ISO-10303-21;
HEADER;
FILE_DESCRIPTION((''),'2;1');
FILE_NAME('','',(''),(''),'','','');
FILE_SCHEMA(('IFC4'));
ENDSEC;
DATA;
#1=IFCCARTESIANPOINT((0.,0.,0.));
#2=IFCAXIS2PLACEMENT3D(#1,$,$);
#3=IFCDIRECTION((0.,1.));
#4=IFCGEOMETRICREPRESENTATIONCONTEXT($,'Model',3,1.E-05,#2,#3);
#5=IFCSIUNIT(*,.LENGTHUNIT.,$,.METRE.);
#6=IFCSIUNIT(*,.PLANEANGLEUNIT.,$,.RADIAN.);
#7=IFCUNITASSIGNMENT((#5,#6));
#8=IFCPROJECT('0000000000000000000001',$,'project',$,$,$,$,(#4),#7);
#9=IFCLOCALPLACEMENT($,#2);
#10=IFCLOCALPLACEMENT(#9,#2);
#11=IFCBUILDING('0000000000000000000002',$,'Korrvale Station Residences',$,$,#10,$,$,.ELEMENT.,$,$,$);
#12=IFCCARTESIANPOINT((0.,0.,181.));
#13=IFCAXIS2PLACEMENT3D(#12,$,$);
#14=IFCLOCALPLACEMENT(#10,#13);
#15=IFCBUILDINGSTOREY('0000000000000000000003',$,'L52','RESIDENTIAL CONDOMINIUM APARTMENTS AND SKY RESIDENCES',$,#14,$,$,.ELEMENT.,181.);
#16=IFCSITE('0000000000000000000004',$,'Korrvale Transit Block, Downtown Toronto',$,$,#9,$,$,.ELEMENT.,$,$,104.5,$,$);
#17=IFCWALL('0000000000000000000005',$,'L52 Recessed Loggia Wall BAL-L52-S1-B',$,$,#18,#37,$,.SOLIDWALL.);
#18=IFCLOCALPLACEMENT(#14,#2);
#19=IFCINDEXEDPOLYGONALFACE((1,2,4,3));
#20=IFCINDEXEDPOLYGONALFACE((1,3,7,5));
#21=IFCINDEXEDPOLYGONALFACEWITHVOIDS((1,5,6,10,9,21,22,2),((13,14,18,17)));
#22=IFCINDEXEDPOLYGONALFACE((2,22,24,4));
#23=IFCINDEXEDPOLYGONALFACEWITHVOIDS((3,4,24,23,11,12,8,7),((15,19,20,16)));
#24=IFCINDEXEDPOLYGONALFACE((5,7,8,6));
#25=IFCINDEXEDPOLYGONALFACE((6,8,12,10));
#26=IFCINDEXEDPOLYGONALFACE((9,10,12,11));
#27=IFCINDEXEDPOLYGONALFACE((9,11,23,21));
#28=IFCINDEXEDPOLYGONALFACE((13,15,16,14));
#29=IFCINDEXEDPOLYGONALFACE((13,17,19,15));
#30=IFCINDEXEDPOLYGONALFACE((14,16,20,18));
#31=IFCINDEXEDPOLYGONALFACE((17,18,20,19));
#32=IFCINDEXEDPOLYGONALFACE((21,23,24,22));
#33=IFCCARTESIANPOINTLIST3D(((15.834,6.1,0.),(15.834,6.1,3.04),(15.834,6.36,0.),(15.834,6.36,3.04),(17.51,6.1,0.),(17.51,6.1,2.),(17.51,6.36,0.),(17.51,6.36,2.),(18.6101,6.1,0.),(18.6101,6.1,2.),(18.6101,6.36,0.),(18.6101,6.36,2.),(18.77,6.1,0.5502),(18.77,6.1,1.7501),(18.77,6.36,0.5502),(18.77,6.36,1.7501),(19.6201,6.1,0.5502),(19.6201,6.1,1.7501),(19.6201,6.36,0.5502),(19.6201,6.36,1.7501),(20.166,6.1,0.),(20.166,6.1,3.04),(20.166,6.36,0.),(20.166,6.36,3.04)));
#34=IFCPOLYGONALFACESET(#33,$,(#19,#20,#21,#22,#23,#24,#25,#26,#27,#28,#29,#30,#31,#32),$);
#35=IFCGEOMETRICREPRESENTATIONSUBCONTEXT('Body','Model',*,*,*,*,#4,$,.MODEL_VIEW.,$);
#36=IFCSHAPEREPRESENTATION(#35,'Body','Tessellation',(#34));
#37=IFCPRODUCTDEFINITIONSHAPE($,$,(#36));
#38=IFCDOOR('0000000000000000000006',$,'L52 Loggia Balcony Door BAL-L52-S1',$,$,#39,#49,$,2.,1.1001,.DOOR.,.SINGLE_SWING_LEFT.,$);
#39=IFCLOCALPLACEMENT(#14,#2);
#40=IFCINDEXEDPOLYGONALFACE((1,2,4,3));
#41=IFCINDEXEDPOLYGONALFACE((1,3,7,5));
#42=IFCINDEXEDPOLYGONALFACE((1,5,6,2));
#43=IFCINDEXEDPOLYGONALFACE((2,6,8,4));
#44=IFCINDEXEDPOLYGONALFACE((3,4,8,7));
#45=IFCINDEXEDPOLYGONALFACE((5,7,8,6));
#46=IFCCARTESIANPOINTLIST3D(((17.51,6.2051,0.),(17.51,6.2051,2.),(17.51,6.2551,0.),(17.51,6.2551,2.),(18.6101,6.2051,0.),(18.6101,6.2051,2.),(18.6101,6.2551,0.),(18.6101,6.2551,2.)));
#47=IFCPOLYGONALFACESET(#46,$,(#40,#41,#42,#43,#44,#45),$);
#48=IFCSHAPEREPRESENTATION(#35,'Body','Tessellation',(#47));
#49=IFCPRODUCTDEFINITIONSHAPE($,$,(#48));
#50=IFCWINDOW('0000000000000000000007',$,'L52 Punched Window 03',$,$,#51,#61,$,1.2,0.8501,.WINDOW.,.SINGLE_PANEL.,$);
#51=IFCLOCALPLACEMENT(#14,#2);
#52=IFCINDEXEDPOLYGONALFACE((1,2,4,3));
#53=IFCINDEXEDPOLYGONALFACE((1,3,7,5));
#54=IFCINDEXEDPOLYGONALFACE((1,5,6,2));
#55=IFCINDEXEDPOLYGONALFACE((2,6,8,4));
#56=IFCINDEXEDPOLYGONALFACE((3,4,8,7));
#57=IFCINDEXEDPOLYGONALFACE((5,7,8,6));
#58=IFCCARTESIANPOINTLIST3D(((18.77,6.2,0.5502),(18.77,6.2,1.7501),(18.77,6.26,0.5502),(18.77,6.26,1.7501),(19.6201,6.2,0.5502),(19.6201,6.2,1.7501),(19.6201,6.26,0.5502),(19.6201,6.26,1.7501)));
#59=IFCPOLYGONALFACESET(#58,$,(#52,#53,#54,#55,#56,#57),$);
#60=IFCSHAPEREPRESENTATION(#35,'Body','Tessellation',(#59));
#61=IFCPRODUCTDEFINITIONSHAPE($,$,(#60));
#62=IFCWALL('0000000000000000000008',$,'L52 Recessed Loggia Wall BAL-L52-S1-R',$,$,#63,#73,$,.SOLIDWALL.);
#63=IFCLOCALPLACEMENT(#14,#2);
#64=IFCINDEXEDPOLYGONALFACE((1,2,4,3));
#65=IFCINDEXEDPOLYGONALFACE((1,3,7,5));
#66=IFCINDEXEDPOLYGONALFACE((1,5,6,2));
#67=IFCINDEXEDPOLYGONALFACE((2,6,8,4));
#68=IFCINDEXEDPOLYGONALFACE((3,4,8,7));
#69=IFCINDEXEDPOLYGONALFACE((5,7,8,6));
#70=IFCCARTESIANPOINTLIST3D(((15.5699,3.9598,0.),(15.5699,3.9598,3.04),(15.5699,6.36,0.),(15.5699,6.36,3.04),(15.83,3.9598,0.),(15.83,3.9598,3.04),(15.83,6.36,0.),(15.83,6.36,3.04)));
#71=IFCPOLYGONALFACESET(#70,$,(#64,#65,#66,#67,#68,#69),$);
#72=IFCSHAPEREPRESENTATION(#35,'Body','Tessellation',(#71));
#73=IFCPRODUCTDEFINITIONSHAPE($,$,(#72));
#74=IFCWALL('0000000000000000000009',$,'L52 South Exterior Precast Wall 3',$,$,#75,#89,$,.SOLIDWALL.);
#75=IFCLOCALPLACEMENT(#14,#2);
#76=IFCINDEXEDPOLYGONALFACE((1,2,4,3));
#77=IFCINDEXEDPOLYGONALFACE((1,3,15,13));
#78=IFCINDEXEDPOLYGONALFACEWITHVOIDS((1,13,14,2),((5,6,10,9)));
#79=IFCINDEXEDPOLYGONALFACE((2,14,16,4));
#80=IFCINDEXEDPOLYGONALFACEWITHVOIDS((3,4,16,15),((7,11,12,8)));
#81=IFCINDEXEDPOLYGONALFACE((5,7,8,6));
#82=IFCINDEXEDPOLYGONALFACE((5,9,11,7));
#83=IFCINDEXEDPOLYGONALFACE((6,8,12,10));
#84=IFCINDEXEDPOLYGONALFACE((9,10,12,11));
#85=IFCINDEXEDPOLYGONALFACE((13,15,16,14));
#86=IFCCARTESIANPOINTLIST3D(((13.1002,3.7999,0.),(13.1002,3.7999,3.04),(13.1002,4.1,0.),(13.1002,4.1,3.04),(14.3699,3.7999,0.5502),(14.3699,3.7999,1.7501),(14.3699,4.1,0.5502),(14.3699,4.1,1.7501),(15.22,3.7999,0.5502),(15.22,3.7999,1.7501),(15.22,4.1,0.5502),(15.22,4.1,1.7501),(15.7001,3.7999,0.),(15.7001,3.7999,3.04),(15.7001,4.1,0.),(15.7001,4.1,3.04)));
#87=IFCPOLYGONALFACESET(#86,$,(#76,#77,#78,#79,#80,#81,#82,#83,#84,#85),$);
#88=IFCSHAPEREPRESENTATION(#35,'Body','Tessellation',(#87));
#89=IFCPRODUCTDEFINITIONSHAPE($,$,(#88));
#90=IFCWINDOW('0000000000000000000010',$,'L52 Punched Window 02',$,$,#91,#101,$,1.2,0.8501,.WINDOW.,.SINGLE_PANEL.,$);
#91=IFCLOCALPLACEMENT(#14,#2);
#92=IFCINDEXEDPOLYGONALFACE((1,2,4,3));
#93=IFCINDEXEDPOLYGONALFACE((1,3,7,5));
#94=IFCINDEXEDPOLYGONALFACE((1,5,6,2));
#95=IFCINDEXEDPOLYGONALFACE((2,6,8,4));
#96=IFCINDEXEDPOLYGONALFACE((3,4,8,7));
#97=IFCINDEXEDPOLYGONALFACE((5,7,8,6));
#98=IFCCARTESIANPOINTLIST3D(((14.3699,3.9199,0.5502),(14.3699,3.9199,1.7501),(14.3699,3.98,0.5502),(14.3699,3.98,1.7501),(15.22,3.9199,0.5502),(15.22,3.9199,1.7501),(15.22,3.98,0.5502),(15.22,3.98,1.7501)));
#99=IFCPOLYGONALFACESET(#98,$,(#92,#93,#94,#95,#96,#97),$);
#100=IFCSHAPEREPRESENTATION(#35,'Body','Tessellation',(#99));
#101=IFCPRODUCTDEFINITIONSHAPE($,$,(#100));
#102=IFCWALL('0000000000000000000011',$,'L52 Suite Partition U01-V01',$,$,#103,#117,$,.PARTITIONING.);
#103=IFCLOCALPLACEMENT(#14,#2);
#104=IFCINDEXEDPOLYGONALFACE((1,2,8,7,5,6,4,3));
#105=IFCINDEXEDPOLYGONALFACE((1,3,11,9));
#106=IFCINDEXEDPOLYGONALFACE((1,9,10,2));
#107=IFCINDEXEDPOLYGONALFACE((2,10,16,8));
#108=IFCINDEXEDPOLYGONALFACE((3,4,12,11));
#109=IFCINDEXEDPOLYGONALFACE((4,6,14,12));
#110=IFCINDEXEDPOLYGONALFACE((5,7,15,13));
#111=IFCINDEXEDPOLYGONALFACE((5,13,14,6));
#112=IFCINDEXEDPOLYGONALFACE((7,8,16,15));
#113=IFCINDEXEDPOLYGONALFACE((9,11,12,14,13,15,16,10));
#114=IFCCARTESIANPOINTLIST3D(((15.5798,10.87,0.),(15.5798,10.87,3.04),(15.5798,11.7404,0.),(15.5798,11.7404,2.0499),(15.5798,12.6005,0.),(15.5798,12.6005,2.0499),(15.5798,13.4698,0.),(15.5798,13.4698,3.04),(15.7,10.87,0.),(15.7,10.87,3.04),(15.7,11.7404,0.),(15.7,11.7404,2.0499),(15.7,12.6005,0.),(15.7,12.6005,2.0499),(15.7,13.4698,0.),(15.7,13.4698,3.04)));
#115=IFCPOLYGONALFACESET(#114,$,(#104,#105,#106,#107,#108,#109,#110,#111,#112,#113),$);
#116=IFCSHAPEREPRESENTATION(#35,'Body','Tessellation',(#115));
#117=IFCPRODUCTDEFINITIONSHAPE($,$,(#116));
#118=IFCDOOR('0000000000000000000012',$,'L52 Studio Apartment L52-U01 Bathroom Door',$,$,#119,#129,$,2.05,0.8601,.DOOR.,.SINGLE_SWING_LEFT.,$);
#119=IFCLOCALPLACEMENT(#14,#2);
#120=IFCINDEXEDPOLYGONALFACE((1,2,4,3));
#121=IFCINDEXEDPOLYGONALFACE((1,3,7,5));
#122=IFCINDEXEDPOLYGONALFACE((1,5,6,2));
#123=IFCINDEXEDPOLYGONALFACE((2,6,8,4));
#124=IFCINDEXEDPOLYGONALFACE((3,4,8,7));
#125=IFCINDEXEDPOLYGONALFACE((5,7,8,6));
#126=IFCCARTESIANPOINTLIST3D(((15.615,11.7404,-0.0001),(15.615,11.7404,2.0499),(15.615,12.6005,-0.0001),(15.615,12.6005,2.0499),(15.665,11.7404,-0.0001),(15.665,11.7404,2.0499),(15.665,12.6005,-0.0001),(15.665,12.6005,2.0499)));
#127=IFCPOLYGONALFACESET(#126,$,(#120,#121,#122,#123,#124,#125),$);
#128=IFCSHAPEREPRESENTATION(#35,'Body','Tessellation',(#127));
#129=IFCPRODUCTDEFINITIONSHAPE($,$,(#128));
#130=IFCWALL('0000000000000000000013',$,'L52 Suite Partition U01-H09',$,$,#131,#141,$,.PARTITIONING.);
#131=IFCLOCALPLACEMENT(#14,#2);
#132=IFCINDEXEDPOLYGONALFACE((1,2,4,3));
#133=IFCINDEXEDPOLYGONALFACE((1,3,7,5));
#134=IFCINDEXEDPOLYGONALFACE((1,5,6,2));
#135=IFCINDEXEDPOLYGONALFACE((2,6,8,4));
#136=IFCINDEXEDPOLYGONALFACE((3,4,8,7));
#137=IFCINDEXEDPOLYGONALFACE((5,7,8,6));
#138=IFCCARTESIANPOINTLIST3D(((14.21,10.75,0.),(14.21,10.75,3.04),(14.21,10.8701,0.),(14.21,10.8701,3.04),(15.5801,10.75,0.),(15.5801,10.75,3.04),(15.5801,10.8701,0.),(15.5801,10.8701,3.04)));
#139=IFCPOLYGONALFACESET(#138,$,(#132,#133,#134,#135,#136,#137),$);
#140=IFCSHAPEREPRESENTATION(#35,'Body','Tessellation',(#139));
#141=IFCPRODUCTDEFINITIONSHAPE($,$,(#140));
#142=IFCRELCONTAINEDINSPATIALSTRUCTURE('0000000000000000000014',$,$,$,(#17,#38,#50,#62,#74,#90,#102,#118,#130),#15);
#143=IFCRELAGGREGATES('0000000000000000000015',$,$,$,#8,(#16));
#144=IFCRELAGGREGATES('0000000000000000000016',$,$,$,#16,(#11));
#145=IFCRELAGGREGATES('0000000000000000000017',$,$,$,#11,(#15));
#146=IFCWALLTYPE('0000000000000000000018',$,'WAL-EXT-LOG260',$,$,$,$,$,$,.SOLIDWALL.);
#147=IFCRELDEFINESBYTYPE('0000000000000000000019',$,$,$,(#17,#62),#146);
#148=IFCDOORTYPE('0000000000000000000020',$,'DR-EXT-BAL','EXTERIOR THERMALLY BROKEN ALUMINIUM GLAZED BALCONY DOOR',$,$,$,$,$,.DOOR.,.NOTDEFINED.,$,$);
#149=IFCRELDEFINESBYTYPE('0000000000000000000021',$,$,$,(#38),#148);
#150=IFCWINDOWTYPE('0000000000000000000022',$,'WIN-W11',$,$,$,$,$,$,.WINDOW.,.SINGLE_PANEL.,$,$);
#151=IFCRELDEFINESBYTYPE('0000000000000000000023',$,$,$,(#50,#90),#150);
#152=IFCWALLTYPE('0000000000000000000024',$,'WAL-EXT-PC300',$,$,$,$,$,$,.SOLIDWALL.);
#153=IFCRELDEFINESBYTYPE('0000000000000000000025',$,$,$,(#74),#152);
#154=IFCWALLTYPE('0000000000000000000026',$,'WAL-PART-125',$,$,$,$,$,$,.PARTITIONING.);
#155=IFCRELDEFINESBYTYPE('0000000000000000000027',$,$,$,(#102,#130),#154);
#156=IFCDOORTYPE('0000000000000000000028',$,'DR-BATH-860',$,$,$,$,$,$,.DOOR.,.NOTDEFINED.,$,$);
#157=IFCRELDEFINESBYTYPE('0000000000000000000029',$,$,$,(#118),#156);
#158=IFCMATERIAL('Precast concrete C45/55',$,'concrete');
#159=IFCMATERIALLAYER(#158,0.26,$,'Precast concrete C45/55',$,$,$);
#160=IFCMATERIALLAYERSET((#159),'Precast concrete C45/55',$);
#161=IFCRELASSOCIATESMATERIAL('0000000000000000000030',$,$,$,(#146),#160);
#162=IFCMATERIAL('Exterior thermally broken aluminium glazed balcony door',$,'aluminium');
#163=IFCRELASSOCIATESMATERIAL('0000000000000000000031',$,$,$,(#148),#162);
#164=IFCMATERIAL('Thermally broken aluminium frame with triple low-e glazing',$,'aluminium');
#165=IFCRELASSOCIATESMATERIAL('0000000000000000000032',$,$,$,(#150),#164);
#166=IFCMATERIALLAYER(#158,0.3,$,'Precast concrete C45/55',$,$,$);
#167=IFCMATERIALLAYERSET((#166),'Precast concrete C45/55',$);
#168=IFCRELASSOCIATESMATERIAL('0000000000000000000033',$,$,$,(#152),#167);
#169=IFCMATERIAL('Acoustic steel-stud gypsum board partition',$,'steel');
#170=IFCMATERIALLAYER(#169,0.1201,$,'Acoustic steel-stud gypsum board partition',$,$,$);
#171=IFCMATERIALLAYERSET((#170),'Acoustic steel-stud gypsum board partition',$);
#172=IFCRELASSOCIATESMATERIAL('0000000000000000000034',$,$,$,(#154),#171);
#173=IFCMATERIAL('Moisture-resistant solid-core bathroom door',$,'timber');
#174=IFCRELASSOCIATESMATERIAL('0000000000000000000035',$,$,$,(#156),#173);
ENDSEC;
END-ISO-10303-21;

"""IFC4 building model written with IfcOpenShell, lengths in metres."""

from ifc_helpers import new_model, si_unit, direction, frame, frame_2d, origin, place, context, subcontext, project, spatial, rectangle, extrude, material, layer, layer_set, type_object, element, fill, save


model = new_model("IFC4")

# Units and contexts
model_context = context("Model", 3, precision=1e-05, world=origin(), true_north=direction((0.0, 1.0)))
body_context = subcontext(model_context, "Body", "Model", "MODEL_VIEW")
ifc_project = project(units=[si_unit("LENGTHUNIT", "METRE"), si_unit("PLANEANGLEUNIT", "RADIAN")], contexts=[model_context])

# Site, building, storey
site_placement = place(None, origin())
site = spatial("IfcSite", under=ifc_project, at=site_placement, Name="Korrvale Transit Block, Downtown Toronto", CompositionType="ELEMENT", RefElevation=104.5)
building_placement = place(site_placement, origin())
building = spatial("IfcBuilding", under=site, at=building_placement, Name="Korrvale Station Residences", CompositionType="ELEMENT")
storey_placement = place(building_placement, frame((0.0, 0.0, 181.0)))
storey = spatial("IfcBuildingStorey", under=building, at=storey_placement, Name="L52", Description="RESIDENTIAL CONDOMINIUM APARTMENTS AND SKY RESIDENCES", CompositionType="ELEMENT", Elevation=181.0)

# Shared definitions
ifc_material_1 = material(Name="Precast concrete C45/55", Category="concrete")
ifc_layer_1 = layer(ifc_material_1, 0.26, Name="Precast concrete C45/55")
ifc_layer_set_1 = layer_set([ifc_layer_1], Name="Precast concrete C45/55")
wall_type_1 = type_object("IfcWallType", Name="WAL-EXT-LOG260", PredefinedType="SOLIDWALL", material=ifc_layer_set_1)

# Wall, openings, door, window
wall_1_placement = place(storey_placement, frame((20.166, 6.23, 0.0), z_axis=(0.0, 0.0, 1.0), x_axis=(-1.0, 0.0, 0.0)))
wall_1 = element("IfcWall", 1, at=wall_1_placement, inside=storey, type_object=wall_type_1, Name="L52 Recessed Loggia Wall BAL-L52-S1-B", PredefinedType="SOLIDWALL", context=body_context, shape_type="SweptSolid", body=[
    extrude(rectangle(XDim=4.332, YDim=0.26, at=frame_2d((2.166, 0.0))), origin(), (0.0, 0.0, 1.0), 3.04),
])
opening_1_placement = place(wall_1_placement, frame((1.5559, 0.0, 0.0)))
opening_1 = element("IfcOpeningElement", 2, at=opening_1_placement, cuts=wall_1, PredefinedType="OPENING", context=body_context, shape_type="SweptSolid", body=[
    extrude(rectangle(XDim=1.1001, YDim=2.0, at=frame_2d((0.55, 1.0))), frame((0.0, 0.1401, 0.0), z_axis=(0.0, -1.0, 0.0), x_axis=(1.0, 0.0, 0.0)), (0.0, 0.0, 1.0), 0.28),
])
opening_2_placement = place(wall_1_placement, frame((0.5459, 0.0, 0.55)))
opening_2 = element("IfcOpeningElement", 3, at=opening_2_placement, cuts=wall_1, PredefinedType="OPENING", context=body_context, shape_type="SweptSolid", body=[
    extrude(rectangle(XDim=0.8501, YDim=1.2, at=frame_2d((0.425, 0.6001))), frame((0.0, 0.1401, 0.0), z_axis=(0.0, -1.0, 0.0), x_axis=(1.0, 0.0, 0.0)), (0.0, 0.0, 1.0), 0.28),
])
ifc_material_2 = material(Name="Exterior thermally broken aluminium glazed balcony door", Category="aluminium")
door_type_1 = type_object("IfcDoorType", Name="DR-EXT-BAL", Description="EXTERIOR THERMALLY BROKEN ALUMINIUM GLAZED BALCONY DOOR", OperationType="NOTDEFINED", PredefinedType="DOOR", material=ifc_material_2)
door_1_placement = place(opening_1_placement, origin())
door_1 = element("IfcDoor", 4, at=door_1_placement, inside=storey, type_object=door_type_1, Name="L52 Loggia Balcony Door BAL-L52-S1", OperationType="SINGLE_SWING_LEFT", OverallHeight=2.0, OverallWidth=1.1001, PredefinedType="DOOR", context=body_context, shape_type="SweptSolid", body=[
    extrude(rectangle(XDim=1.1001, YDim=2.0, at=frame_2d((0.55, 1.0))), frame((0.0, 0.0249, 0.0), z_axis=(0.0, -1.0, 0.0), x_axis=(1.0, 0.0, 0.0)), (0.0, 0.0, 1.0), 0.05),
])
fill(opening_1, door_1)
ifc_material_3 = material(Name="Thermally broken aluminium frame with triple low-e glazing", Category="aluminium")
window_type = type_object("IfcWindowType", Name="WIN-W11", PartitioningType="SINGLE_PANEL", PredefinedType="WINDOW", material=ifc_material_3)
window_1_placement = place(opening_2_placement, origin())
window_1 = element("IfcWindow", 5, at=window_1_placement, inside=storey, type_object=window_type, Name="L52 Punched Window 03", OverallHeight=1.2, OverallWidth=0.8501, PartitioningType="SINGLE_PANEL", PredefinedType="WINDOW", context=body_context, shape_type="SweptSolid", body=[
    extrude(rectangle(XDim=0.8501, YDim=1.2, at=frame_2d((0.425, 0.6001))), frame((0.0, 0.03, 0.0), z_axis=(0.0, -1.0, 0.0), x_axis=(1.0, 0.0, 0.0)), (0.0, 0.0, 1.0), 0.0601),
])
fill(opening_2, window_1)

# Wall
wall_2_placement = place(storey_placement, frame((15.7, 6.3601, 0.0), z_axis=(0.0, 0.0, 1.0), x_axis=(0.0, -1.0, 0.0)))
element("IfcWall", 6, at=wall_2_placement, inside=storey, type_object=wall_type_1, Name="L52 Recessed Loggia Wall BAL-L52-S1-R", PredefinedType="SOLIDWALL", context=body_context, shape_type="SweptSolid", body=[
    extrude(rectangle(XDim=2.4001, YDim=0.26, at=frame_2d((1.2002, 0.0))), origin(), (0.0, 0.0, 1.0), 3.04),
])

# Wall, opening, window
ifc_layer_2 = layer(ifc_material_1, 0.3, Name="Precast concrete C45/55")
ifc_layer_set_2 = layer_set([ifc_layer_2], Name="Precast concrete C45/55")
wall_type_2 = type_object("IfcWallType", Name="WAL-EXT-PC300", PredefinedType="SOLIDWALL", material=ifc_layer_set_2)
wall_3_placement = place(storey_placement, frame((15.7, 3.95, 0.0), z_axis=(0.0, 0.0, 1.0), x_axis=(-1.0, 0.0, 0.0)))
wall_3 = element("IfcWall", 7, at=wall_3_placement, inside=storey, type_object=wall_type_2, Name="L52 South Exterior Precast Wall 3", PredefinedType="SOLIDWALL", context=body_context, shape_type="SweptSolid", body=[
    extrude(rectangle(XDim=2.5999, YDim=0.3, at=frame_2d((1.2998, 0.0))), origin(), (0.0, 0.0, 1.0), 3.04),
])
opening_3_placement = place(wall_3_placement, frame((0.48, 0.0, 0.55)))
opening_3 = element("IfcOpeningElement", 8, at=opening_3_placement, cuts=wall_3, PredefinedType="OPENING", context=body_context, shape_type="SweptSolid", body=[
    extrude(rectangle(XDim=0.8501, YDim=1.2, at=frame_2d((0.425, 0.6001))), frame((0.0, 0.1602, 0.0), z_axis=(0.0, -1.0, 0.0), x_axis=(1.0, 0.0, 0.0)), (0.0, 0.0, 1.0), 0.3201),
])
window_2_placement = place(opening_3_placement, origin())
window_2 = element("IfcWindow", 9, at=window_2_placement, inside=storey, type_object=window_type, Name="L52 Punched Window 02", OverallHeight=1.2, OverallWidth=0.8501, PartitioningType="SINGLE_PANEL", PredefinedType="WINDOW", context=body_context, shape_type="SweptSolid", body=[
    extrude(rectangle(XDim=0.8501, YDim=1.2, at=frame_2d((0.425, 0.6001))), frame((0.0, 0.03, 0.0), z_axis=(0.0, -1.0, 0.0), x_axis=(1.0, 0.0, 0.0)), (0.0, 0.0, 1.0), 0.0601),
])
fill(opening_3, window_2)

# Wall, opening, door
ifc_material_4 = material(Name="Acoustic steel-stud gypsum board partition", Category="steel")
ifc_layer_3 = layer(ifc_material_4, 0.1201, Name="Acoustic steel-stud gypsum board partition")
ifc_layer_set_3 = layer_set([ifc_layer_3], Name="Acoustic steel-stud gypsum board partition")
wall_type_3 = type_object("IfcWallType", Name="WAL-PART-125", PredefinedType="PARTITIONING", material=ifc_layer_set_3)
wall_4_placement = place(storey_placement, frame((15.6399, 10.8701, 0.0), z_axis=(0.0, 0.0, 1.0), x_axis=(0.0, 1.0, 0.0)))
wall_4 = element("IfcWall", 10, at=wall_4_placement, inside=storey, type_object=wall_type_3, Name="L52 Suite Partition U01-V01", PredefinedType="PARTITIONING", context=body_context, shape_type="SweptSolid", body=[
    extrude(rectangle(XDim=2.5999, YDim=0.1201, at=frame_2d((1.2998, 0.0))), origin(), (0.0, 0.0, 1.0), 3.04),
])
opening_4_placement = place(wall_4_placement, frame((0.8701, 0.0, 0.0)))
opening_4 = element("IfcOpeningElement", 11, at=opening_4_placement, cuts=wall_4, PredefinedType="OPENING", context=body_context, shape_type="SweptSolid", body=[
    extrude(rectangle(XDim=0.8601, YDim=2.05, at=frame_2d((0.4302, 1.0249))), frame((0.0, 0.0701, 0.0), z_axis=(0.0, -1.0, 0.0), x_axis=(1.0, 0.0, 0.0)), (0.0, 0.0, 1.0), 0.1401),
])
ifc_material_5 = material(Name="Moisture-resistant solid-core bathroom door", Category="timber")
door_type_2 = type_object("IfcDoorType", Name="DR-BATH-860", OperationType="NOTDEFINED", PredefinedType="DOOR", material=ifc_material_5)
door_2_placement = place(opening_4_placement, origin())
door_2 = element("IfcDoor", 12, at=door_2_placement, inside=storey, type_object=door_type_2, Name="L52 Studio Apartment L52-U01 Bathroom Door", OperationType="SINGLE_SWING_LEFT", OverallHeight=2.05, OverallWidth=0.8601, PredefinedType="DOOR", context=body_context, shape_type="SweptSolid", body=[
    extrude(rectangle(XDim=0.8601, YDim=2.05, at=frame_2d((0.4302, 1.0249))), frame((0.0, 0.0249, 0.0), z_axis=(0.0, -1.0, 0.0), x_axis=(1.0, 0.0, 0.0)), (0.0, 0.0, 1.0), 0.05),
])
fill(opening_4, door_2)

# Wall
wall_5_placement = place(storey_placement, frame((14.21, 10.8101, 0.0), z_axis=(0.0, 0.0, 1.0), x_axis=(1.0, 0.0, 0.0)))
element("IfcWall", 13, at=wall_5_placement, inside=storey, type_object=wall_type_3, Name="L52 Suite Partition U01-H09", PredefinedType="PARTITIONING", context=body_context, shape_type="SweptSolid", body=[
    extrude(rectangle(XDim=1.3701, YDim=0.1201, at=frame_2d((0.6851, 0.0))), origin(), (0.0, 0.0, 1.0), 3.04),
])

save(model, "model.ifc")
